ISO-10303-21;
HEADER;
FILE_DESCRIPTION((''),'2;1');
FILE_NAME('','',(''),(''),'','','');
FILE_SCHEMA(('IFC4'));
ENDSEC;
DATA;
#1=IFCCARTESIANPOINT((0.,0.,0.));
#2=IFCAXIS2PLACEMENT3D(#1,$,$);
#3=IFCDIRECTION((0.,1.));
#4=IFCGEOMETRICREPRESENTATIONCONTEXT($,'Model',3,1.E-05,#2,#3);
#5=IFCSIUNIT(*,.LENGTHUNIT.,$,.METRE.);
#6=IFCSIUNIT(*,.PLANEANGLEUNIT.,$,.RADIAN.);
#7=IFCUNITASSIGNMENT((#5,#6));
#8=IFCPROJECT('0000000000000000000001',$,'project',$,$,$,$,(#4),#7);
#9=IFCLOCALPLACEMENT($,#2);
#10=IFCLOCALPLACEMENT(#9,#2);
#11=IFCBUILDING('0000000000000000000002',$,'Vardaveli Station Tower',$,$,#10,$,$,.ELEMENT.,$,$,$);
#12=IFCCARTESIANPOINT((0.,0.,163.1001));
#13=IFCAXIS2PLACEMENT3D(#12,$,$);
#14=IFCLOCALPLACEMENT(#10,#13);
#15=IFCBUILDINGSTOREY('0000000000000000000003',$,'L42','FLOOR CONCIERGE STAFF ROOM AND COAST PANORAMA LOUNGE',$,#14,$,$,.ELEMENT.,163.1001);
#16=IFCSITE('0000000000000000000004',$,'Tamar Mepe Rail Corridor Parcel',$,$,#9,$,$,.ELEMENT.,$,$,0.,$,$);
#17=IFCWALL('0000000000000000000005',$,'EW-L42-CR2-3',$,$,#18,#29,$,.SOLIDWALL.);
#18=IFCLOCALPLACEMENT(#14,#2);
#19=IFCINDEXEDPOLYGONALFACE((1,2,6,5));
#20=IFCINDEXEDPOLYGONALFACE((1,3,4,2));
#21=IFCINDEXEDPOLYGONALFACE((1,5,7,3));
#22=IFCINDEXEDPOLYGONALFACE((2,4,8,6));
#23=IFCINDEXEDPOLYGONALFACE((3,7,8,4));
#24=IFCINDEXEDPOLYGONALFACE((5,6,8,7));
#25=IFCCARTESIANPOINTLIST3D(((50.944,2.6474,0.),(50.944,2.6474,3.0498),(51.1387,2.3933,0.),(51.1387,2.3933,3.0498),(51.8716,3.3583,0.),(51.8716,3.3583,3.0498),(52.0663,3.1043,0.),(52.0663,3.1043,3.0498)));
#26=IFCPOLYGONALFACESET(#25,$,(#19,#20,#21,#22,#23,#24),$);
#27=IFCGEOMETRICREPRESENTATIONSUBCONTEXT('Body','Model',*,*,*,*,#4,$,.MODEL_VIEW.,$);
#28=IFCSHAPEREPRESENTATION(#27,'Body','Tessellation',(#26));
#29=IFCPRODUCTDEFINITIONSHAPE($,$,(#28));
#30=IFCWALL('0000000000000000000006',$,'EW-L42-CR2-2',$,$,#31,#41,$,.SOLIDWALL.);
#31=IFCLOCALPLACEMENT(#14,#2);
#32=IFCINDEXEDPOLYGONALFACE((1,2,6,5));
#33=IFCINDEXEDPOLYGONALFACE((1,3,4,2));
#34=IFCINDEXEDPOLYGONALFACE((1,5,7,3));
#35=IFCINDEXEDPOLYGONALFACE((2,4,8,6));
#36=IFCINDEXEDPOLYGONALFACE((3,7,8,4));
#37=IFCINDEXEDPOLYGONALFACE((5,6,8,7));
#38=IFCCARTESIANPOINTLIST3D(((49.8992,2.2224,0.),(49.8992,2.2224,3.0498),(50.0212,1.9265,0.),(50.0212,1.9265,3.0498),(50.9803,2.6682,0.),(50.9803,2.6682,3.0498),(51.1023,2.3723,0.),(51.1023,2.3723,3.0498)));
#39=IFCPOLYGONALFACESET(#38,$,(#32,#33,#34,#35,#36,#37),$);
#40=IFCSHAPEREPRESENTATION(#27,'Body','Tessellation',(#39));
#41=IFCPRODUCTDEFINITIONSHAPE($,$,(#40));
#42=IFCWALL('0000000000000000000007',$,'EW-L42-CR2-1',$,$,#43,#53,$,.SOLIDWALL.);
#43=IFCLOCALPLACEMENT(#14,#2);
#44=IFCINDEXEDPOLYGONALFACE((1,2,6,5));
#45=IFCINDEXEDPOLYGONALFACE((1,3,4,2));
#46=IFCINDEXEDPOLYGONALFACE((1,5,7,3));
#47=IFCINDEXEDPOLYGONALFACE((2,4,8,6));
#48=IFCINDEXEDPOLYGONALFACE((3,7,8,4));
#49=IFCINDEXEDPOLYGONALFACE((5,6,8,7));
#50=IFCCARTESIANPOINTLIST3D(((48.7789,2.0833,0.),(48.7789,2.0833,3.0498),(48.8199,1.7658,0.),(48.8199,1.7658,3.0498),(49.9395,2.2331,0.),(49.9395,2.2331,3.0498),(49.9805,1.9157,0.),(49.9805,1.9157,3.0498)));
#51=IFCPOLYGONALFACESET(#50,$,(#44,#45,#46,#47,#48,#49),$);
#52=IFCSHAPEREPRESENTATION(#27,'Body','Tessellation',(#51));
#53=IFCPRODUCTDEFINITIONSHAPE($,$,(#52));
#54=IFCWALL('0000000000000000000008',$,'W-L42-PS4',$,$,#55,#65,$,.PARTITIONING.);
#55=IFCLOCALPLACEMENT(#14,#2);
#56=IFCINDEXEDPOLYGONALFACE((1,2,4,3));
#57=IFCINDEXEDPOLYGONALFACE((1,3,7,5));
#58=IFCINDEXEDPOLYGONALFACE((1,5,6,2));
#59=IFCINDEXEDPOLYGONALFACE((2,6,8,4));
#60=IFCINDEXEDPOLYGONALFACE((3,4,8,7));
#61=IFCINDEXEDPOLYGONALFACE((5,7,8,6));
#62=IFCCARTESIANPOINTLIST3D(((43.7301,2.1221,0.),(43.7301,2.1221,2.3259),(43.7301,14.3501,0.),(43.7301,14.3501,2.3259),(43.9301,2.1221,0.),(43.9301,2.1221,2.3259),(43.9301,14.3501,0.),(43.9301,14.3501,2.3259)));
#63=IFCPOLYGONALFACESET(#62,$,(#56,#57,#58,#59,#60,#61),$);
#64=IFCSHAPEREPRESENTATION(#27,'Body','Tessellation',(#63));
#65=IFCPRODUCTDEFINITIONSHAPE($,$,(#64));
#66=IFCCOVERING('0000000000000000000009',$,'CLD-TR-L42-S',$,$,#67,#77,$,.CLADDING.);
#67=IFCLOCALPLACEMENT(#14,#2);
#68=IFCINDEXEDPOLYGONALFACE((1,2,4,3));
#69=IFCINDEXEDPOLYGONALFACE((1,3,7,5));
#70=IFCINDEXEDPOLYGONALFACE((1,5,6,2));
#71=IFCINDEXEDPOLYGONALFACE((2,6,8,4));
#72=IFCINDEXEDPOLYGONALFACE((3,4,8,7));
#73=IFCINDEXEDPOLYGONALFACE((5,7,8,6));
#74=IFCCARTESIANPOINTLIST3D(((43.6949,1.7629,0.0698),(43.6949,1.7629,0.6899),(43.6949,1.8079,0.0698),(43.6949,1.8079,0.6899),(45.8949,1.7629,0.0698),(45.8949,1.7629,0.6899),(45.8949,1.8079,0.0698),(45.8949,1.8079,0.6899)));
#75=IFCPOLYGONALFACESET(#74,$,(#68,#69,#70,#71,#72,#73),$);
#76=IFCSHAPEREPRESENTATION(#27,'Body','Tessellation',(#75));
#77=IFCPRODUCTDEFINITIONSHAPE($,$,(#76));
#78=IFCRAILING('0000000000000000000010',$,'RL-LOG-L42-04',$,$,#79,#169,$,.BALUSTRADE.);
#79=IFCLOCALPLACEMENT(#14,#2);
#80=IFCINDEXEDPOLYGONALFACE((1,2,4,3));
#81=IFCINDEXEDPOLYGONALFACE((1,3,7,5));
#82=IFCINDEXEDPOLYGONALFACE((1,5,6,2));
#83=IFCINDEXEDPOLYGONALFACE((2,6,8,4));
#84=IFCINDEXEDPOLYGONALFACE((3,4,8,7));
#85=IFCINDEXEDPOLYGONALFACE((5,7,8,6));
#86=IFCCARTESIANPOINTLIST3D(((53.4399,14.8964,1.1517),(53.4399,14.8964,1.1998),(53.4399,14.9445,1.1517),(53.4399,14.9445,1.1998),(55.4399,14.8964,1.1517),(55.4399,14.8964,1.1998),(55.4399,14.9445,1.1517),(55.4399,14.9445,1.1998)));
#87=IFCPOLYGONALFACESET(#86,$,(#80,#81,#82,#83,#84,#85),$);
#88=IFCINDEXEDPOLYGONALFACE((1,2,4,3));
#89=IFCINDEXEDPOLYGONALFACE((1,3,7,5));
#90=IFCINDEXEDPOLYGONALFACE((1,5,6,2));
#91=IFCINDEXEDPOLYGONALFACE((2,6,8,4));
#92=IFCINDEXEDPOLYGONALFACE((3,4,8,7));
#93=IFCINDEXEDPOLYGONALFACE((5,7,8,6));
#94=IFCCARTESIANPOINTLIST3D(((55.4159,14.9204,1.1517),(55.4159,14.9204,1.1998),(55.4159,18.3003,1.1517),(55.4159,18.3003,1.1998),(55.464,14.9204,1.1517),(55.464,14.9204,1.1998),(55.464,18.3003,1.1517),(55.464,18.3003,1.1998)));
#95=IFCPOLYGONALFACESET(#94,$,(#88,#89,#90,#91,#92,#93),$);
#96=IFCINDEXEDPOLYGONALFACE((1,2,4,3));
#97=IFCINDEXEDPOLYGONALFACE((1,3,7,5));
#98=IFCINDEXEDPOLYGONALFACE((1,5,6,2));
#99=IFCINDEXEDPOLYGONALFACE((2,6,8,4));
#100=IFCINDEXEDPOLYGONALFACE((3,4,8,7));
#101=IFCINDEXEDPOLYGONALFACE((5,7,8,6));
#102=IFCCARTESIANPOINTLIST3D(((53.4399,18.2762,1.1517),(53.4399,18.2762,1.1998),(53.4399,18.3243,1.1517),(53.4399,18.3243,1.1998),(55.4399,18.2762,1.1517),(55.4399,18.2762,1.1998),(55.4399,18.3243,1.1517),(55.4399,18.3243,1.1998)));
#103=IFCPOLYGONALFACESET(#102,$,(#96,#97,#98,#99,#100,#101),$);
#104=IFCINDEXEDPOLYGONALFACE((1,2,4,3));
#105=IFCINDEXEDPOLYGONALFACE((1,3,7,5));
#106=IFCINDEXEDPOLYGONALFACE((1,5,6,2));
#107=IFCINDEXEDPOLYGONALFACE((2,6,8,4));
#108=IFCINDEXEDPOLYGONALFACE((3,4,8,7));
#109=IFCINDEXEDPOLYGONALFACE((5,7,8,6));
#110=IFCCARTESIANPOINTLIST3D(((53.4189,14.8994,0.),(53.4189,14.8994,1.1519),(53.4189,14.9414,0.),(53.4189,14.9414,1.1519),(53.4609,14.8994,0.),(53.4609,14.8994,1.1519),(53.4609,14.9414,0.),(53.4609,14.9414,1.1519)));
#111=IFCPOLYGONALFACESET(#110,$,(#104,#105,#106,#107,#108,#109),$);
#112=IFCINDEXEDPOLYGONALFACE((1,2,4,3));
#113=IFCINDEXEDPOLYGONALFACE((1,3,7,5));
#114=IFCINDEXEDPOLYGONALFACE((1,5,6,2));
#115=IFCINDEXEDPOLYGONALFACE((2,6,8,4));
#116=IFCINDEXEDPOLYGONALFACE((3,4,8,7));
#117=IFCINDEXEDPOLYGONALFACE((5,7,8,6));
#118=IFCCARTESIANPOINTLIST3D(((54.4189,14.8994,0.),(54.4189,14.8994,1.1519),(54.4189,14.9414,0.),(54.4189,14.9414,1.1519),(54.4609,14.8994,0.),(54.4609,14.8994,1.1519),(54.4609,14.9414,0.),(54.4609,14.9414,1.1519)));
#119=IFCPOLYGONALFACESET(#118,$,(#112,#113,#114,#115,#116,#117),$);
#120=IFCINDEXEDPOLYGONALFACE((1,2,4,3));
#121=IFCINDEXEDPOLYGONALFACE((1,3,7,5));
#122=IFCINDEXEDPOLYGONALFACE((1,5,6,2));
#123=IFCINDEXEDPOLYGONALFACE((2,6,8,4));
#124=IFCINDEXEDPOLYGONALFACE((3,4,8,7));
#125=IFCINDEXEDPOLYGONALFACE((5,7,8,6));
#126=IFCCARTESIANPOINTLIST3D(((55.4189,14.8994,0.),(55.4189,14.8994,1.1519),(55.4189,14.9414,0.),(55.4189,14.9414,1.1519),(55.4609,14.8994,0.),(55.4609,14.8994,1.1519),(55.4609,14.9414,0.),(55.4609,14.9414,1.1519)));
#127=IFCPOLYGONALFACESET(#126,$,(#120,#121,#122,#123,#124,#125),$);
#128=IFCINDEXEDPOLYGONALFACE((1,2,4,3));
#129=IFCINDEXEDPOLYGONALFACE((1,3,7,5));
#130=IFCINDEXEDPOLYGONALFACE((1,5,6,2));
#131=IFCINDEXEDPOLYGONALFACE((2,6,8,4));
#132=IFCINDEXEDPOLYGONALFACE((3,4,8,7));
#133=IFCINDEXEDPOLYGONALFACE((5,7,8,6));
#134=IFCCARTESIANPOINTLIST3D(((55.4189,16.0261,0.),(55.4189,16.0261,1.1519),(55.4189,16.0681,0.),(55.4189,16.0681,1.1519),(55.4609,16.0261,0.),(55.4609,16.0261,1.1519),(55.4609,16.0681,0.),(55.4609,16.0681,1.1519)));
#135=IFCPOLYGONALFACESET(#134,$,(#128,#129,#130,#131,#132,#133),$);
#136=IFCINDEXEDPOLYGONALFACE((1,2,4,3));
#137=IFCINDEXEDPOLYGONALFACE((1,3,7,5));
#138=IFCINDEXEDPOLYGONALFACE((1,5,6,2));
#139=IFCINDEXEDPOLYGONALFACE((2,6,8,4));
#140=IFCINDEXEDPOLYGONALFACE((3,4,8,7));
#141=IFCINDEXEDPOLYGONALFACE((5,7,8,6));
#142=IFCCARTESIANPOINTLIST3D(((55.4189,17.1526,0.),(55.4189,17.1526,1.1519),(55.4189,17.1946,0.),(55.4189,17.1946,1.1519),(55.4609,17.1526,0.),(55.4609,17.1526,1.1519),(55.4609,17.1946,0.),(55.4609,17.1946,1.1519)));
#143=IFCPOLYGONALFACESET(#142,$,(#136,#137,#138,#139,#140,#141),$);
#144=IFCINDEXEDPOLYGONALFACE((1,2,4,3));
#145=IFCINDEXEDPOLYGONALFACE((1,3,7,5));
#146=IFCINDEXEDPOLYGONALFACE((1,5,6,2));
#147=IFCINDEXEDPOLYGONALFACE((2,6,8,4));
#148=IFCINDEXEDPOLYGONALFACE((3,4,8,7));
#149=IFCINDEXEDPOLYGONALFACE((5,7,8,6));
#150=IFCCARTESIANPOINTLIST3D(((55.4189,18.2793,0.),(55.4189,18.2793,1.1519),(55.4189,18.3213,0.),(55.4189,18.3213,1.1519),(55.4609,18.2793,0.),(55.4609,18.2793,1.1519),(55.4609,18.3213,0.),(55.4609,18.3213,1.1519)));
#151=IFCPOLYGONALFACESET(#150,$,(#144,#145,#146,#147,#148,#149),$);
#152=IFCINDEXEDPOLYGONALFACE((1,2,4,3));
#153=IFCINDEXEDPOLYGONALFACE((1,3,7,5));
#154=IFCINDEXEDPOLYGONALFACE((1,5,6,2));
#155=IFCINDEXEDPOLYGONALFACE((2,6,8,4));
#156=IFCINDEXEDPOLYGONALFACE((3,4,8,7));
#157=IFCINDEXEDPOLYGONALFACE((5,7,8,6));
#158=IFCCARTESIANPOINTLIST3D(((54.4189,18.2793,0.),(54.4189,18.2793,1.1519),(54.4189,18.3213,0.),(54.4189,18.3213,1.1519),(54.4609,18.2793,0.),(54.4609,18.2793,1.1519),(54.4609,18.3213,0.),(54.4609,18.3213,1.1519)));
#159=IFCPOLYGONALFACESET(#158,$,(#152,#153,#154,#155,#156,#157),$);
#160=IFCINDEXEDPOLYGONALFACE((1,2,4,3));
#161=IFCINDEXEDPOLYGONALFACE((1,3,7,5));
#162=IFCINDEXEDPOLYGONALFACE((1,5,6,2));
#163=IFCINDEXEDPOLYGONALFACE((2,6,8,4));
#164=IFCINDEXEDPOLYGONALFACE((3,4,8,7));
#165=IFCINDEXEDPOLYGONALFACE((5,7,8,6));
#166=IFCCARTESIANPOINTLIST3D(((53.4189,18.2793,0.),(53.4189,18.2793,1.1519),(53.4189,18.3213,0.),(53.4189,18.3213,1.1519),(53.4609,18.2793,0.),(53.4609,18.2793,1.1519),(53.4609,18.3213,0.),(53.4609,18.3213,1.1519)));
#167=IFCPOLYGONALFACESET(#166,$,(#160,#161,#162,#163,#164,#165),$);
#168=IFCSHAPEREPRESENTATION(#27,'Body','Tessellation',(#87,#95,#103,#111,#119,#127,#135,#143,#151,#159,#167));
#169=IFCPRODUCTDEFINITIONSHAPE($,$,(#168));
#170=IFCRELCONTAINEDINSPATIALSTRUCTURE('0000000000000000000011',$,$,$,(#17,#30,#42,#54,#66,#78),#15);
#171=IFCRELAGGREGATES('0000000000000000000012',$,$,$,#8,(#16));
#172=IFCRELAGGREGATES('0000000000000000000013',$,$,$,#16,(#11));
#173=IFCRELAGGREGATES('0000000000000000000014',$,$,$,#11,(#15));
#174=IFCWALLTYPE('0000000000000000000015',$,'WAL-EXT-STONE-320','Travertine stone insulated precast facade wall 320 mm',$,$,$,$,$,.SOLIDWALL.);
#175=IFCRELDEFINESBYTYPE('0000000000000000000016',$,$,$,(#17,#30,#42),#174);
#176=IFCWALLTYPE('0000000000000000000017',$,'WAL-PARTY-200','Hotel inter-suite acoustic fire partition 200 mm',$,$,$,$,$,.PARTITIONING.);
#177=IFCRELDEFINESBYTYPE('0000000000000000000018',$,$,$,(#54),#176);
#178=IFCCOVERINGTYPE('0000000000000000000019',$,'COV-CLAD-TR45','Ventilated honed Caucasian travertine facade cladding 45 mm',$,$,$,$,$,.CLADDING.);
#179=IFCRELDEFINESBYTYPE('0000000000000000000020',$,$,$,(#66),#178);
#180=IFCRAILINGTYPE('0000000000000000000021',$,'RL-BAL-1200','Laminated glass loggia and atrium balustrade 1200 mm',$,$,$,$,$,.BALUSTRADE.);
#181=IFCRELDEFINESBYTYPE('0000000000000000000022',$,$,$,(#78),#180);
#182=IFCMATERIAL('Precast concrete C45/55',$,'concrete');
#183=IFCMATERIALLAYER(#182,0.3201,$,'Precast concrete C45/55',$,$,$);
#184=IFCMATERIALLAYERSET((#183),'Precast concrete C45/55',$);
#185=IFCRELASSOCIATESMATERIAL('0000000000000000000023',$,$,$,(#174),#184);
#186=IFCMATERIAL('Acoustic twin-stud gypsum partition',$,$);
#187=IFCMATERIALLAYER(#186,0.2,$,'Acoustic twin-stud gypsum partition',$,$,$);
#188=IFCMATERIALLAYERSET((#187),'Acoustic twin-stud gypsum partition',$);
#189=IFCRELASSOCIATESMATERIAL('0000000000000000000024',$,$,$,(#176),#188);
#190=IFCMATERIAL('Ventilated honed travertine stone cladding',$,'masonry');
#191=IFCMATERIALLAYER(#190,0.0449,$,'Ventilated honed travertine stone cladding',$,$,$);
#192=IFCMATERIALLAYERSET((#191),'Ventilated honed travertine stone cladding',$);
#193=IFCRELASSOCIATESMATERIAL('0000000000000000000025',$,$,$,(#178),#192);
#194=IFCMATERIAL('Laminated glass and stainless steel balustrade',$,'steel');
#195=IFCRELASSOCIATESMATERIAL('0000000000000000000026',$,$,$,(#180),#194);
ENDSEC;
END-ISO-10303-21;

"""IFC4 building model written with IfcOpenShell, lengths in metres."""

from ifc_helpers import new_model, si_unit, direction, frame, frame_2d, origin, origin_2d, place, context, subcontext, project, spatial, rectangle, extrude, source, transform, mapped, material, layer, layer_set, type_object, element, save


model = new_model("IFC4")

# Units and contexts
model_context = context("Model", 3, precision=1e-05, world=origin(), true_north=direction((0.0, 1.0)))
body_context = subcontext(model_context, "Body", "Model", "MODEL_VIEW")
ifc_project = project(units=[si_unit("LENGTHUNIT", "METRE"), si_unit("PLANEANGLEUNIT", "RADIAN")], contexts=[model_context])

# Site, building, storey
site_placement = place(None, origin())
site = spatial("IfcSite", under=ifc_project, at=site_placement, Name="Tamar Mepe Rail Corridor Parcel", CompositionType="ELEMENT", RefElevation=0.0)
building_placement = place(site_placement, origin())
building = spatial("IfcBuilding", under=site, at=building_placement, Name="Vardaveli Station Tower", CompositionType="ELEMENT")
storey_placement = place(building_placement, frame((0.0, 0.0, 163.1001)))
storey = spatial("IfcBuildingStorey", under=building, at=storey_placement, Name="L42", Description="FLOOR CONCIERGE STAFF ROOM AND COAST PANORAMA LOUNGE", CompositionType="ELEMENT", Elevation=163.1001)

# Shared definitions
ifc_material_1 = material(Name="Precast concrete C45/55", Category="concrete")

# Shared definitions
ifc_layer_1 = layer(ifc_material_1, 0.3201, Name="Precast concrete C45/55")
ifc_layer_set_1 = layer_set([ifc_layer_1], Name="Precast concrete C45/55")
wall_type_1 = type_object("IfcWallType", Name="WAL-EXT-STONE-320", Description="Travertine stone insulated precast facade wall 320 mm", PredefinedType="SOLIDWALL", material=ifc_layer_set_1)

# Walls
shared_shape_1 = source(origin(), body_context, "Body", "SweptSolid", [
    extrude(rectangle(XDim=1.1687, YDim=0.3201, at=frame_2d((0.5845, 0.0))), origin(), (0.0, 0.0, 1.0), 3.0498),
])
wall_1_placement = place(storey_placement, frame((51.0413, 2.5203, 0.0), z_axis=(0.0, 0.0, 1.0), x_axis=(0.793664, 0.608357, 0.0)))
element("IfcWall", 1, at=wall_1_placement, inside=storey, type_object=wall_type_1, Name="EW-L42-CR2-3", PredefinedType="SOLIDWALL", context=body_context, shape_type="MappedRepresentation", body=[
    mapped(shared_shape_1, transform((0.0, 0.0, 0.0), scale=1.0)),
])
shared_shape_2 = source(origin(), body_context, "Body", "SweptSolid", [
    extrude(rectangle(XDim=1.1694, YDim=0.3201, at=frame_2d((0.5847, 0.0))), origin(), (0.0, 0.0, 1.0), 3.0498),
])
wall_2_placement = place(storey_placement, frame((49.9602, 2.0745, 0.0), z_axis=(0.0, 0.0, 1.0), x_axis=(0.924479, 0.381233, 0.0)))
element("IfcWall", 2, at=wall_2_placement, inside=storey, type_object=wall_type_1, Name="EW-L42-CR2-2", PredefinedType="SOLIDWALL", context=body_context, shape_type="MappedRepresentation", body=[
    mapped(shared_shape_2, transform((0.0, 0.0, 0.0), scale=1.0)),
])
shared_shape_3 = source(origin(), body_context, "Body", "SweptSolid", [
    extrude(rectangle(XDim=1.1702, YDim=0.3201, at=frame_2d((0.585, 0.0))), origin(), (0.0, 0.0, 1.0), 3.0498),
])
wall_3_placement = place(storey_placement, frame((48.7996, 1.9246, 0.0), z_axis=(0.0, 0.0, 1.0), x_axis=(0.991762, 0.12809, 0.0)))
element("IfcWall", 3, at=wall_3_placement, inside=storey, type_object=wall_type_1, Name="EW-L42-CR2-1", PredefinedType="SOLIDWALL", context=body_context, shape_type="MappedRepresentation", body=[
    mapped(shared_shape_3, transform((0.0, 0.0, 0.0), scale=1.0)),
])
ifc_material_2 = material(Name="Acoustic twin-stud gypsum partition")
ifc_layer_2 = layer(ifc_material_2, 0.2, Name="Acoustic twin-stud gypsum partition")
ifc_layer_set_2 = layer_set([ifc_layer_2], Name="Acoustic twin-stud gypsum partition")
wall_type_2 = type_object("IfcWallType", Name="WAL-PARTY-200", Description="Hotel inter-suite acoustic fire partition 200 mm", PredefinedType="PARTITIONING", material=ifc_layer_set_2)
shared_shape_4 = source(origin(), body_context, "Body", "SweptSolid", [
    extrude(rectangle(XDim=12.228, YDim=0.2, at=frame_2d((6.114, 0.0))), origin(), (0.0, 0.0, 1.0), 2.3259),
])
wall_4_placement = place(storey_placement, frame((43.8301, 2.1221, 0.0), z_axis=(0.0, 0.0, 1.0), x_axis=(0.0, 1.0, 0.0)))
element("IfcWall", 4, at=wall_4_placement, inside=storey, type_object=wall_type_2, Name="W-L42-PS4", PredefinedType="PARTITIONING", context=body_context, shape_type="MappedRepresentation", body=[
    mapped(shared_shape_4, transform((0.0, 0.0, 0.0), scale=1.0)),
])

# Covering
ifc_material_3 = material(Name="Ventilated honed travertine stone cladding", Category="masonry")
ifc_layer_3 = layer(ifc_material_3, 0.0449, Name="Ventilated honed travertine stone cladding")
ifc_layer_set_3 = layer_set([ifc_layer_3], Name="Ventilated honed travertine stone cladding")
covering_type = type_object("IfcCoveringType", Name="COV-CLAD-TR45", Description="Ventilated honed Caucasian travertine facade cladding 45 mm", PredefinedType="CLADDING", material=ifc_layer_set_3)
shared_shape_5 = source(origin(), body_context, "Body", "SweptSolid", [
    extrude(rectangle(XDim=2.2, YDim=0.0449, at=origin_2d()), origin(), (0.0, 0.0, 1.0), 0.6201),
])
covering_placement = place(storey_placement, frame((44.7949, 1.7854, 0.0698), z_axis=(0.0, 0.0, 1.0), x_axis=(1.0, 0.0, 0.0)))
element("IfcCovering", 5, at=covering_placement, inside=storey, type_object=covering_type, Name="CLD-TR-L42-S", PredefinedType="CLADDING", context=body_context, shape_type="MappedRepresentation", body=[
    mapped(shared_shape_5, transform((0.0, 0.0, 0.0), scale=1.0)),
])

# Railing
ifc_material_4 = material(Name="Laminated glass and stainless steel balustrade", Category="steel")
railing_type = type_object("IfcRailingType", Name="RL-BAL-1200", Description="Laminated glass loggia and atrium balustrade 1200 mm", PredefinedType="BALUSTRADE", material=ifc_material_4)
shared_shape_6 = source(origin(), body_context, "Body", "SweptSolid", [
    extrude(rectangle(XDim=0.0481, YDim=0.0481, at=origin_2d()), frame((0.0, 0.0, 1.1758), z_axis=(1.0, 0.0, 0.0), x_axis=(0.0, 1.0, 0.0)), (0.0, 0.0, 1.0), 2.0),
    extrude(rectangle(XDim=0.0481, YDim=0.0481, at=origin_2d()), frame((2.0, 0.0, 1.1758), z_axis=(0.0, 1.0, 0.0), x_axis=(-1.0, 0.0, 0.0)), (0.0, 0.0, 1.0), 3.3799),
    extrude(rectangle(XDim=0.0481, YDim=0.0481, at=origin_2d()), frame((2.0, 3.3799, 1.1758), z_axis=(-1.0, 0.0, 0.0), x_axis=(0.0, -1.0, 0.0)), (0.0, 0.0, 1.0), 2.0),
    extrude(rectangle(XDim=0.042, YDim=0.042, at=origin_2d()), origin(), (0.0, 0.0, 1.0), 1.1519),
    extrude(rectangle(XDim=0.042, YDim=0.042, at=origin_2d()), frame((1.0, 0.0, 0.0)), (0.0, 0.0, 1.0), 1.1519),
    extrude(rectangle(XDim=0.042, YDim=0.042, at=origin_2d()), frame((2.0, 0.0, 0.0)), (0.0, 0.0, 1.0), 1.1519),
    extrude(rectangle(XDim=0.042, YDim=0.042, at=origin_2d()), frame((2.0, 1.1267, 0.0)), (0.0, 0.0, 1.0), 1.1519),
    extrude(rectangle(XDim=0.042, YDim=0.042, at=origin_2d()), frame((2.0, 2.2532, 0.0)), (0.0, 0.0, 1.0), 1.1519),
    extrude(rectangle(XDim=0.042, YDim=0.042, at=origin_2d()), frame((2.0, 3.3799, 0.0)), (0.0, 0.0, 1.0), 1.1519),
    extrude(rectangle(XDim=0.042, YDim=0.042, at=origin_2d()), frame((1.0, 3.3799, 0.0)), (0.0, 0.0, 1.0), 1.1519),
    extrude(rectangle(XDim=0.042, YDim=0.042, at=origin_2d()), frame((0.0, 3.3799, 0.0)), (0.0, 0.0, 1.0), 1.1519),
])
railing_placement = place(storey_placement, frame((53.4399, 14.9204, 0.0)))
element("IfcRailing", 6, at=railing_placement, inside=storey, type_object=railing_type, Name="RL-LOG-L42-04", PredefinedType="BALUSTRADE", context=body_context, shape_type="MappedRepresentation", body=[
    mapped(shared_shape_6, transform((0.0, 0.0, 0.0), scale=1.0)),
])

save(model, "model.ifc")
